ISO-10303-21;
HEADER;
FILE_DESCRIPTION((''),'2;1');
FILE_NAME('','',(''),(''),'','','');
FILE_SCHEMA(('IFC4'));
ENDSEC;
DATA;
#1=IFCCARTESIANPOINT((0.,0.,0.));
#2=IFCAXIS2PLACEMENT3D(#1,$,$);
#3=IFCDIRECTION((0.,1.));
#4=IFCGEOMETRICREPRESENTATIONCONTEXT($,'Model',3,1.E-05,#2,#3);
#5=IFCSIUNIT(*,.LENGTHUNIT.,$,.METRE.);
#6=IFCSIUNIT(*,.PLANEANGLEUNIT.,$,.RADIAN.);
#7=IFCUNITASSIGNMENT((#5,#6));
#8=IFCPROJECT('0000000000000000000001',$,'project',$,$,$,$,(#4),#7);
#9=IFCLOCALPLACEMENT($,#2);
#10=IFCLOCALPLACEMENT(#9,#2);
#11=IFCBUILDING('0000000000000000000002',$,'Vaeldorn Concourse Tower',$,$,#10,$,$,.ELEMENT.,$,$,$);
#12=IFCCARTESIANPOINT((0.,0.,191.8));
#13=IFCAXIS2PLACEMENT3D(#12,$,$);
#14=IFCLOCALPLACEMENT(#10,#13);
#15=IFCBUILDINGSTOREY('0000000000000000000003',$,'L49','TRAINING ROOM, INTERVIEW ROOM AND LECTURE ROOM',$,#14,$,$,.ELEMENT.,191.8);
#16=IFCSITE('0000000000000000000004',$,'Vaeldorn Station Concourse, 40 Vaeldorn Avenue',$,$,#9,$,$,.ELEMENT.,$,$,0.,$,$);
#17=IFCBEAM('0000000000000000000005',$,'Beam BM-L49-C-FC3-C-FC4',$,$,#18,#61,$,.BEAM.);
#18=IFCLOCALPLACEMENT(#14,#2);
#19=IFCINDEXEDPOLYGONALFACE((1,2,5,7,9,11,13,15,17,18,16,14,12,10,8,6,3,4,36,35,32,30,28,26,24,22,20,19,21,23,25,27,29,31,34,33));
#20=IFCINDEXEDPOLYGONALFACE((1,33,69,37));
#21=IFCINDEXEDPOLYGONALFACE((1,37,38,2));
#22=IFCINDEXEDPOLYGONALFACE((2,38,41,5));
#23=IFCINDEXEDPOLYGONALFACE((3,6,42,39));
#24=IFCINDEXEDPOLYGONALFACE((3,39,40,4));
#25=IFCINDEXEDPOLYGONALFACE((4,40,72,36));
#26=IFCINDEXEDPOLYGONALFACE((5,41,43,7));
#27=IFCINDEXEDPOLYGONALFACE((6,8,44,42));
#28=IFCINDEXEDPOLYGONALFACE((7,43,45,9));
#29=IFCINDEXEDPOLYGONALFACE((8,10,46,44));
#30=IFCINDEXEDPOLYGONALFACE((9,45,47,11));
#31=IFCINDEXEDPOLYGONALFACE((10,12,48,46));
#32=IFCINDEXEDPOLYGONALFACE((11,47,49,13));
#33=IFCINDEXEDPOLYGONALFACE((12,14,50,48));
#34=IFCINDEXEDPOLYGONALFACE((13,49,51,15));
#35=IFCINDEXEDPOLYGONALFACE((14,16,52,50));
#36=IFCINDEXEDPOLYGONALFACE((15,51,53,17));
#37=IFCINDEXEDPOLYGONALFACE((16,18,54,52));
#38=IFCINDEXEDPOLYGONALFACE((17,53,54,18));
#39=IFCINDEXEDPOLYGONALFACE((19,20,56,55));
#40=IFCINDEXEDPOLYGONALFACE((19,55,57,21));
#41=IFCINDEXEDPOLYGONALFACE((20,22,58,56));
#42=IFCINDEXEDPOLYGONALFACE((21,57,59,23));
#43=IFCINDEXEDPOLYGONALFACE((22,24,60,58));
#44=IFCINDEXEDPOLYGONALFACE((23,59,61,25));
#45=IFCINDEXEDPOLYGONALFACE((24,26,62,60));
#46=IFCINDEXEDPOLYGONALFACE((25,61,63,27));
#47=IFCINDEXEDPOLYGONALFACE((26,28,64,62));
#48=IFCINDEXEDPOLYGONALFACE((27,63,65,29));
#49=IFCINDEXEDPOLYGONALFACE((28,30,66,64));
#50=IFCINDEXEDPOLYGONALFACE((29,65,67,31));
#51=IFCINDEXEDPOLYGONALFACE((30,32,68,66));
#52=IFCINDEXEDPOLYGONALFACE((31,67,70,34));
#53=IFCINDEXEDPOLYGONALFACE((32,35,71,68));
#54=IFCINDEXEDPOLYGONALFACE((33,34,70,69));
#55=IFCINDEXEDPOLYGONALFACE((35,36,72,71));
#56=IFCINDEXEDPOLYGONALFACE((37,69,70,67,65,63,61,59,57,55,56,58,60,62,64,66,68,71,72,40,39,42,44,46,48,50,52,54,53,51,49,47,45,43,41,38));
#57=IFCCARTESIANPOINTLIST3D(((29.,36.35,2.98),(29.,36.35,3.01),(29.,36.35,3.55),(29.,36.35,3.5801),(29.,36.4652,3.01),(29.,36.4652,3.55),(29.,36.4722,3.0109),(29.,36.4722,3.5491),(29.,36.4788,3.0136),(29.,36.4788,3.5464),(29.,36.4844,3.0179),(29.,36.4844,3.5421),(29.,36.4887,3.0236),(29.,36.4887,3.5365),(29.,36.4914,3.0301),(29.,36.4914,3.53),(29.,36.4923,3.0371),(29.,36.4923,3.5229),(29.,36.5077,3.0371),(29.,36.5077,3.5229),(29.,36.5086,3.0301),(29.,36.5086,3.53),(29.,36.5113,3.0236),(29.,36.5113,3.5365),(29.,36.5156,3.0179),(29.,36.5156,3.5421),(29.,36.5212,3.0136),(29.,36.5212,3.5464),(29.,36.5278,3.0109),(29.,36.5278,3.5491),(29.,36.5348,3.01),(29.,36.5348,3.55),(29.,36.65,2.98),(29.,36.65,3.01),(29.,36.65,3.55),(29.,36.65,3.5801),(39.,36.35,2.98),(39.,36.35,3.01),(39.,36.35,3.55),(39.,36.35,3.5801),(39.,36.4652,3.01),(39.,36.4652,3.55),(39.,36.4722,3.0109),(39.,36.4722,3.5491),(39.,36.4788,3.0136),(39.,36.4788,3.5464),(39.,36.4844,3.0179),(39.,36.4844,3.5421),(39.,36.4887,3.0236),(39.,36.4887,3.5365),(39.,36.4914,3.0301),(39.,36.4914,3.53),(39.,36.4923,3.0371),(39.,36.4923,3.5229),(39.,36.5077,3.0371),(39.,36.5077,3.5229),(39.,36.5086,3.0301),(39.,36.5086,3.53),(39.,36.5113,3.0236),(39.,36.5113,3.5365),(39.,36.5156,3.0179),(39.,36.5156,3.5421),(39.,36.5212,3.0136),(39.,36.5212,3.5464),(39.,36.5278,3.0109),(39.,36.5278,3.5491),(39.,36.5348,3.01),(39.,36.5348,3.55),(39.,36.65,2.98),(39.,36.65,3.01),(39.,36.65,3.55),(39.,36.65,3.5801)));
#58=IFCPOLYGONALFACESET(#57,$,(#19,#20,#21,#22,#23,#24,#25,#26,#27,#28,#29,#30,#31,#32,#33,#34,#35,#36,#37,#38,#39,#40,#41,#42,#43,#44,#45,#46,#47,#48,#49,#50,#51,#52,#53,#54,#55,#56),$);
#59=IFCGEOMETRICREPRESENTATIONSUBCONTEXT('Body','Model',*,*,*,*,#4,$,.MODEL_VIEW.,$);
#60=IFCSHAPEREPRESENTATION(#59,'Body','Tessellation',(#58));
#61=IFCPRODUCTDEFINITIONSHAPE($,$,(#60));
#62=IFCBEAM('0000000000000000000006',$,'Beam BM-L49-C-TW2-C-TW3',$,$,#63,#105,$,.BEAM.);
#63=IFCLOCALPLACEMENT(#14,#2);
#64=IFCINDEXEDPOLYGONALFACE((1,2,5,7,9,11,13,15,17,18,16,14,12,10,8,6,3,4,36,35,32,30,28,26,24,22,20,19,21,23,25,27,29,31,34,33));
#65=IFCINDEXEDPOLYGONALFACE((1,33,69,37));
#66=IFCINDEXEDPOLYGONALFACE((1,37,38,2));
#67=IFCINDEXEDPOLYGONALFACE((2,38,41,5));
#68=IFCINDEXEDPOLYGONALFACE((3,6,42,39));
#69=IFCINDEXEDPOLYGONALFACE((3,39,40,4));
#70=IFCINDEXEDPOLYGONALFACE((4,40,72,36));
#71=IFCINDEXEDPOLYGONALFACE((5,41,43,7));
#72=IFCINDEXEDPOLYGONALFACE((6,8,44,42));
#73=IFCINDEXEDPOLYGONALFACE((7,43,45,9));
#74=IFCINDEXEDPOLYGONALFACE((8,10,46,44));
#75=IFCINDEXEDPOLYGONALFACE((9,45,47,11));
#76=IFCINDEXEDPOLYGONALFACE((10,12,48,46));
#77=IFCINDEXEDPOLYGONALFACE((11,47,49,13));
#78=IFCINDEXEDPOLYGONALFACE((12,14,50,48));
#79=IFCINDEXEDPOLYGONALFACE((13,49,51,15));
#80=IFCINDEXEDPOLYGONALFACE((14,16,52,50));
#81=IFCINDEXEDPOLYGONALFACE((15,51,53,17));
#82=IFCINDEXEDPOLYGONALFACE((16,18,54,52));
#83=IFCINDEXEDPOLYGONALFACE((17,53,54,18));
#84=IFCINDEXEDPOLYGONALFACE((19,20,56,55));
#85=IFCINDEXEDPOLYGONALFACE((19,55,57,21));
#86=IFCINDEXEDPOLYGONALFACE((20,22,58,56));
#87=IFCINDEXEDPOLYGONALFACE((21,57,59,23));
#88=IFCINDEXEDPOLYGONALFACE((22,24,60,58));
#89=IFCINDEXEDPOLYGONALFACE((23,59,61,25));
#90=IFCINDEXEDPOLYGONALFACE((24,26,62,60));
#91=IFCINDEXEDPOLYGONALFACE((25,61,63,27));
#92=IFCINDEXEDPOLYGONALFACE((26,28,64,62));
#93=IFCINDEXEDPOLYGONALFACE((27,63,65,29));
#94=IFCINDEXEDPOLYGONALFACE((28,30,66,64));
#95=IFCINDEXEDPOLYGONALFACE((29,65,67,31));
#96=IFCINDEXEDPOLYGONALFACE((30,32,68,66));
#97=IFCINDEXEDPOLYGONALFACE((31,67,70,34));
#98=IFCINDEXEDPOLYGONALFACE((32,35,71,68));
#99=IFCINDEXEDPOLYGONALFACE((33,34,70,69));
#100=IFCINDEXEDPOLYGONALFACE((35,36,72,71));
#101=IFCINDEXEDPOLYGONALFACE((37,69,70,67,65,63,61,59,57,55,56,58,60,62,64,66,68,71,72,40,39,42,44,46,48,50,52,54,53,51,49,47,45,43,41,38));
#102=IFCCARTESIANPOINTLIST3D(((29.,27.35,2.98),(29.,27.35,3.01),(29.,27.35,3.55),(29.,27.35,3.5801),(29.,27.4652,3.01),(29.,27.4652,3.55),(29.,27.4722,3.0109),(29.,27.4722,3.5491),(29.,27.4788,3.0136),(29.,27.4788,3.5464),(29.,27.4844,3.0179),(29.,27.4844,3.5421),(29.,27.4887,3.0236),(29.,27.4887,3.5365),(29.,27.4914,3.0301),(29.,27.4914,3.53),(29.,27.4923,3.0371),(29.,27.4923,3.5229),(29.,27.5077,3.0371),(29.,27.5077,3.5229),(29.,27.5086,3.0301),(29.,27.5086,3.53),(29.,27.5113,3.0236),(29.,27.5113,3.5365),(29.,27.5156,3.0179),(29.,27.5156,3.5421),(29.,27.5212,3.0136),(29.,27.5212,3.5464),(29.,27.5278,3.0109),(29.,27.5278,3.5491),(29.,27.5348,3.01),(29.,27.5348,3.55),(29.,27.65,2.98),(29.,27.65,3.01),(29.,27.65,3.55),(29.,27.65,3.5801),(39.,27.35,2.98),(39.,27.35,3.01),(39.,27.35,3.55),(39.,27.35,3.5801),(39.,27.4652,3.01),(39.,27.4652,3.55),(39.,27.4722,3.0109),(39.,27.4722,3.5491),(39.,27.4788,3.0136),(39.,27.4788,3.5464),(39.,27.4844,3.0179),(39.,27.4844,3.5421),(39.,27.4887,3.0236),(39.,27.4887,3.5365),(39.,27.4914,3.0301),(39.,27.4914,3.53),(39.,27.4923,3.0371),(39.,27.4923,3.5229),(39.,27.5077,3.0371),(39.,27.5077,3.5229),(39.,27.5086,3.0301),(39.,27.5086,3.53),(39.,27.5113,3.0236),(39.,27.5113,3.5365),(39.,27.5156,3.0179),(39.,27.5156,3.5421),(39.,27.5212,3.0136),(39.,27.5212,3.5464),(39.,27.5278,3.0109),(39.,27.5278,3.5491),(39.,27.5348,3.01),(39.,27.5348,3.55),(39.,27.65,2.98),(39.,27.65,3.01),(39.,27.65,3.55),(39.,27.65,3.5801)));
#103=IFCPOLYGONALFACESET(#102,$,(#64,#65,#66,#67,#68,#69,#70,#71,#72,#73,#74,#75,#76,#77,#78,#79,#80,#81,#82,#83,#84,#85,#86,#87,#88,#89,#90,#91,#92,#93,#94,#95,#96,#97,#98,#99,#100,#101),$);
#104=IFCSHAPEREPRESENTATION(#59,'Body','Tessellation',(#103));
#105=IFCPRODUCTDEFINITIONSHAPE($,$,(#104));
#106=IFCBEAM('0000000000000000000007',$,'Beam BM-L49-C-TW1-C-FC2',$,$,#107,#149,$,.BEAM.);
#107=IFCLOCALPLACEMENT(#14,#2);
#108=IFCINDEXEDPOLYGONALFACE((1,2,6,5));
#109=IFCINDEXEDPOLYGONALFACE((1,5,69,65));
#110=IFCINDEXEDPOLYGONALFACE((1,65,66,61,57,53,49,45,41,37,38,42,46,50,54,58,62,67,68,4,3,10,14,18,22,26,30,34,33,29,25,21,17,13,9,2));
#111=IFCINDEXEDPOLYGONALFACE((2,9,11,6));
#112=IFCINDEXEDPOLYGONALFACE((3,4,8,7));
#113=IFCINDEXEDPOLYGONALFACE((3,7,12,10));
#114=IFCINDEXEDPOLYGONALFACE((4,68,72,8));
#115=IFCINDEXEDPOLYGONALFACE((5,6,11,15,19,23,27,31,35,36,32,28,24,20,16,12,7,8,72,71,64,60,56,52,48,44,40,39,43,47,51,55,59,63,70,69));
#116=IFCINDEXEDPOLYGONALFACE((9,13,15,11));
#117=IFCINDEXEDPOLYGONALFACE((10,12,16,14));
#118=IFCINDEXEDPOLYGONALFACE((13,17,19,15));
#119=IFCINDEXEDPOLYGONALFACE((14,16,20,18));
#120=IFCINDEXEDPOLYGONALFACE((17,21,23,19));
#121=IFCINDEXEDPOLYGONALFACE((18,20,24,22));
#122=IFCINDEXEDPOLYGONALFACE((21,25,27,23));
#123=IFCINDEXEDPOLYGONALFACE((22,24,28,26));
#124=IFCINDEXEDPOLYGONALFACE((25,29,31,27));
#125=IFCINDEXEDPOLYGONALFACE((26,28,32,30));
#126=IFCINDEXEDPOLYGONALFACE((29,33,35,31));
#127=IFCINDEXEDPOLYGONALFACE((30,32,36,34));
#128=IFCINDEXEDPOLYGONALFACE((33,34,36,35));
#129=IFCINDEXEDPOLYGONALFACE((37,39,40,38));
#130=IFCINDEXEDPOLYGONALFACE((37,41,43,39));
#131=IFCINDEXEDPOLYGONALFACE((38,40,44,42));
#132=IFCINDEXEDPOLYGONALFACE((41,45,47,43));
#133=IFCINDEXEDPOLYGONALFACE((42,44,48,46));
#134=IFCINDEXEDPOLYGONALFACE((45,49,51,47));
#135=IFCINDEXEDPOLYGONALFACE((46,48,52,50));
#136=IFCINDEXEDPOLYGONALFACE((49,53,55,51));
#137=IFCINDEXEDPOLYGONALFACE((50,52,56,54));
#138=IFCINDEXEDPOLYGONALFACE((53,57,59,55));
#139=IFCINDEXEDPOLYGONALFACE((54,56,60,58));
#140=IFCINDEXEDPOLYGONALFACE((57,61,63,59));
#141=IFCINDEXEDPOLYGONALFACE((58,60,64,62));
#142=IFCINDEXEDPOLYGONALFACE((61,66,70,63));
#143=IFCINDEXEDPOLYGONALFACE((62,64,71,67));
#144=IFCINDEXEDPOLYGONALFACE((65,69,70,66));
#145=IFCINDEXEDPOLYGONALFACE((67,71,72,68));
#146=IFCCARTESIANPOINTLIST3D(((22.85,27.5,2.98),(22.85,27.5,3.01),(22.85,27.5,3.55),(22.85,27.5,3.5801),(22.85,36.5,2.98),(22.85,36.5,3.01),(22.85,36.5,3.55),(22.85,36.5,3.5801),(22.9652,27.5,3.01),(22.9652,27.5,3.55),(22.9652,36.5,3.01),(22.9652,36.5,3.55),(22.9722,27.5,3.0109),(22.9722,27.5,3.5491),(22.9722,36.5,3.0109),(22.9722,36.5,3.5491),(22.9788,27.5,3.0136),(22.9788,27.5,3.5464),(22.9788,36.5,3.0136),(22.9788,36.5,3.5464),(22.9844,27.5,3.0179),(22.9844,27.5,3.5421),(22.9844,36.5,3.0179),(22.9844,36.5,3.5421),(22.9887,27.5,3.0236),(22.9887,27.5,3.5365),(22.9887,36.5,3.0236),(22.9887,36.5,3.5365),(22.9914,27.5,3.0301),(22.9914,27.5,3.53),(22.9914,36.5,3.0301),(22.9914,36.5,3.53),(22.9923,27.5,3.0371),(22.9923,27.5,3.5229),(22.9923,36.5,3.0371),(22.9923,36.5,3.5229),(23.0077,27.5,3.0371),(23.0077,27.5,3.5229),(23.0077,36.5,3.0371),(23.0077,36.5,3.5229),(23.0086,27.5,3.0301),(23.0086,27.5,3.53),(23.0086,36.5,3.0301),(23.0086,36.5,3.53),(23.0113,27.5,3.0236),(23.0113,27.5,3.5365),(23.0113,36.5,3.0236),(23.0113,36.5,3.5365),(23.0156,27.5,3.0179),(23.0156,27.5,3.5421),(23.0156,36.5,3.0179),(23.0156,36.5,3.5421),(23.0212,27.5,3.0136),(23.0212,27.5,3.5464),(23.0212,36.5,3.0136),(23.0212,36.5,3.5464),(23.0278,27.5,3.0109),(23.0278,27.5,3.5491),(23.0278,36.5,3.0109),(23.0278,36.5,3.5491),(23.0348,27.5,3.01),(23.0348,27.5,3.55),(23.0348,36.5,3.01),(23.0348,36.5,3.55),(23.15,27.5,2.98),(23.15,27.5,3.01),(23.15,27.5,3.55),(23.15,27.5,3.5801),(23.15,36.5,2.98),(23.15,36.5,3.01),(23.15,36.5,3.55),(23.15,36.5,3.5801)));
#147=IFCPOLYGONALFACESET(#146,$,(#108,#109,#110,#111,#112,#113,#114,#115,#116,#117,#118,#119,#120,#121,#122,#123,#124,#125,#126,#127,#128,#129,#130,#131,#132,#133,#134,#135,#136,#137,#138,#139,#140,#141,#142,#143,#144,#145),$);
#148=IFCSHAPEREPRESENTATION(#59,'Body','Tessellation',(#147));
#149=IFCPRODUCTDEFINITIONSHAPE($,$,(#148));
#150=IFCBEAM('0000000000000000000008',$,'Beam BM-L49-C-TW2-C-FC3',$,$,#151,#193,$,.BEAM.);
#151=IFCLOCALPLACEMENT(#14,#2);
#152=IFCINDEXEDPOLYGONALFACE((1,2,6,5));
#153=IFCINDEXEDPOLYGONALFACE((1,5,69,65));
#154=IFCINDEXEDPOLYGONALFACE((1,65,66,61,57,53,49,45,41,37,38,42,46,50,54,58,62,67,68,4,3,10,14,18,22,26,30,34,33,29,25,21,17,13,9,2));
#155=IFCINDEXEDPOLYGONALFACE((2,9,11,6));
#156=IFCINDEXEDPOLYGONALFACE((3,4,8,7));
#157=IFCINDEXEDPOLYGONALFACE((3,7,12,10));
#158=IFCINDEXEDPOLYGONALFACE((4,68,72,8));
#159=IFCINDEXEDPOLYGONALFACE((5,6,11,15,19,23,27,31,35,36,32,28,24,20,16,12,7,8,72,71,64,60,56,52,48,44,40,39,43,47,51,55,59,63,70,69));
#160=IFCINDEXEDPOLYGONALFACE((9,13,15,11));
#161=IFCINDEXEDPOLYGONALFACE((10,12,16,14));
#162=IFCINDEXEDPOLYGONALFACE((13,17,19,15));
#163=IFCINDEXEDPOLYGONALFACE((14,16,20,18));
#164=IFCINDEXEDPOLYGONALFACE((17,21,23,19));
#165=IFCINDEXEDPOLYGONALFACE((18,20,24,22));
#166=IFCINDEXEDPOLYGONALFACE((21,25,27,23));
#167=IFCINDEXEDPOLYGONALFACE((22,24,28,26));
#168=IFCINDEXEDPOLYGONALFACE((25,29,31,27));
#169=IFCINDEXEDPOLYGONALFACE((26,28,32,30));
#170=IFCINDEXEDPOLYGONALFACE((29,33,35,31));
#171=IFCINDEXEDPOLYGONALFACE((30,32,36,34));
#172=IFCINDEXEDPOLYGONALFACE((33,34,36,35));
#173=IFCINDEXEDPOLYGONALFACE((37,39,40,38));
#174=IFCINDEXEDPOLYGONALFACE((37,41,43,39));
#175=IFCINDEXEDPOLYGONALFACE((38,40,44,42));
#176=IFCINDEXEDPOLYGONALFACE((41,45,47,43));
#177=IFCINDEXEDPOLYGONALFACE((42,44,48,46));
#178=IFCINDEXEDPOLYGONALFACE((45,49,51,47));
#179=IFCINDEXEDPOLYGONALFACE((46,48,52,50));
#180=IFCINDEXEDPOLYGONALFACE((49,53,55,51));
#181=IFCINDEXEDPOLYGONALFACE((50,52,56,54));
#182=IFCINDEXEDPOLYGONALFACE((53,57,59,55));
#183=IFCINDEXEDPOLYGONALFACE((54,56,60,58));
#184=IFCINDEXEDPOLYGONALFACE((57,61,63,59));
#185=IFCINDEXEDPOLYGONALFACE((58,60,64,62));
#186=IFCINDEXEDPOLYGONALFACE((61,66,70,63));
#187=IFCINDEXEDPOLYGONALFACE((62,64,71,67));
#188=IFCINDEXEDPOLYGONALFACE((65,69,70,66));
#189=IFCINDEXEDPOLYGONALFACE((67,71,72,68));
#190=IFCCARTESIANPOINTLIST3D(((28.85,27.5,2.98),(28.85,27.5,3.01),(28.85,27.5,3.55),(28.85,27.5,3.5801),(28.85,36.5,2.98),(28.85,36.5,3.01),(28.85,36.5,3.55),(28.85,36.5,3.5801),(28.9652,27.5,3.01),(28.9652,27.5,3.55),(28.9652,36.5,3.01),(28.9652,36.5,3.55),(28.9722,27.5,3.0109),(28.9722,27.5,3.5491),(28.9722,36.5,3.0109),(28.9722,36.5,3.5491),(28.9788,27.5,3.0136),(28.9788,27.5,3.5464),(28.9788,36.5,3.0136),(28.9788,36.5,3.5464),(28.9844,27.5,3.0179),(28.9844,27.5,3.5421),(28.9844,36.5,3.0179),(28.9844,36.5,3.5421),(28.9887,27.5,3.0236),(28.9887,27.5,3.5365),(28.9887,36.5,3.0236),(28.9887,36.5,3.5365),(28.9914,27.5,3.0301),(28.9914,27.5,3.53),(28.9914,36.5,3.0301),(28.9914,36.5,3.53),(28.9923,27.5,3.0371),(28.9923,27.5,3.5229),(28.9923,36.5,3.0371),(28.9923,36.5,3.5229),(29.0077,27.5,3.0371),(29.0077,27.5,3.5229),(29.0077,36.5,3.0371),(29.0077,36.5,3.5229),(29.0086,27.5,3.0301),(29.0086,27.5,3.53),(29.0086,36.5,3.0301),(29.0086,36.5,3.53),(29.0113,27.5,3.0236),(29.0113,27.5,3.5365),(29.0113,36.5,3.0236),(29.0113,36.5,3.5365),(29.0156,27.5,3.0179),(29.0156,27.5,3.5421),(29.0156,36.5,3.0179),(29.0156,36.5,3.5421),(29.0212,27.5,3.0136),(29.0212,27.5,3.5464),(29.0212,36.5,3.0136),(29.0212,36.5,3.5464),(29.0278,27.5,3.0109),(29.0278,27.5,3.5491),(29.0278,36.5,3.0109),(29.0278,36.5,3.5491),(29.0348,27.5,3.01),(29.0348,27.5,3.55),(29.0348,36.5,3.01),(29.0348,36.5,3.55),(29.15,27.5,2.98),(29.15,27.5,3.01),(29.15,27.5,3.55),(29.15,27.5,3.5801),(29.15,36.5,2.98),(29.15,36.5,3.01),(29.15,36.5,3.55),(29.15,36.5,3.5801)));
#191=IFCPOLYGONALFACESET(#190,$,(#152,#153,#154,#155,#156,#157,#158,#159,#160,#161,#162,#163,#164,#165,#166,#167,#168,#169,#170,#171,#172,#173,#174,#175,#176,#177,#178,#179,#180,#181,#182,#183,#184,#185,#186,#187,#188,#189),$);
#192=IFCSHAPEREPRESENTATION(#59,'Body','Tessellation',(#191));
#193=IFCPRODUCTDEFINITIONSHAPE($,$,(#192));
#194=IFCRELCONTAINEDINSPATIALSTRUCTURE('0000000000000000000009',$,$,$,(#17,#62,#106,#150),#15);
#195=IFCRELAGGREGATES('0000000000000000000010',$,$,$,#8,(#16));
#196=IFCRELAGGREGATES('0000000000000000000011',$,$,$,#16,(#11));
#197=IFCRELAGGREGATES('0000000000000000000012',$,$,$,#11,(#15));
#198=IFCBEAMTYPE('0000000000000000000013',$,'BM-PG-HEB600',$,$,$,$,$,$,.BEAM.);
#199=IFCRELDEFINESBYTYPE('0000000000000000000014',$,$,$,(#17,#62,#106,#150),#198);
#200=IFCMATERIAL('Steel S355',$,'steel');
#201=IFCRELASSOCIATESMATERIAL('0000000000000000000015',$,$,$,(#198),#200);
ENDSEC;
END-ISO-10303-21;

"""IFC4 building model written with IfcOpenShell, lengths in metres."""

from ifc_helpers import new_model, si_unit, direction, frame, origin, origin_2d, place, context, subcontext, project, spatial, i_section, extrude, source, transform, mapped, material, material_profile, profile_set, type_object, element, save


model = new_model("IFC4")

# Units and contexts
model_context = context("Model", 3, precision=1e-05, world=origin(), true_north=direction((0.0, 1.0)))
body_context = subcontext(model_context, "Body", "Model", "MODEL_VIEW")
ifc_project = project(units=[si_unit("LENGTHUNIT", "METRE"), si_unit("PLANEANGLEUNIT", "RADIAN")], contexts=[model_context])

# Site, building, storey
site_placement = place(None, origin())
site = spatial("IfcSite", under=ifc_project, at=site_placement, Name="Vaeldorn Station Concourse, 40 Vaeldorn Avenue", CompositionType="ELEMENT", RefElevation=0.0)
building_placement = place(site_placement, origin())
building = spatial("IfcBuilding", under=site, at=building_placement, Name="Vaeldorn Concourse Tower", CompositionType="ELEMENT")
storey_placement = place(building_placement, frame((0.0, 0.0, 191.8)))
storey = spatial("IfcBuildingStorey", under=building, at=storey_placement, Name="L49", Description="TRAINING ROOM, INTERVIEW ROOM AND LECTURE ROOM", CompositionType="ELEMENT", Elevation=191.8)

# Shared definitions
ifc_material_1 = material(Name="Steel S355", Category="steel")

# Beams
ifc_material_profile_1 = material_profile(ifc_material_1, i_section(OverallWidth=0.3, OverallDepth=0.6001, WebThickness=0.0154, FlangeThickness=0.03, FilletRadius=0.0271, at=origin_2d()), Name="HEB 600")
ifc_profile_set_1 = profile_set([ifc_material_profile_1], Name="Steel S355")
beam_type_1 = type_object("IfcBeamType", Name="BM-PG-HEB600", PredefinedType="BEAM", material=ifc_profile_set_1)
shared_shape_1 = source(origin(), body_context, "Body", "SweptSolid", [
    extrude(i_section(OverallWidth=0.3, OverallDepth=0.6001, WebThickness=0.0154, FlangeThickness=0.03, FilletRadius=0.0271, at=origin_2d()), origin(), (0.0, 0.0, 1.0), 10.0),
])
for number, where, z_axis, x_axis, name in (
    (1, (29.0, 36.5, 3.28), (1.0, 0.0, 0.0), (0.0, 1.0, 0.0), "Beam BM-L49-C-FC3-C-FC4"),
    (2, (29.0, 27.5, 3.28), (1.0, 0.0, 0.0), (0.0, 1.0, 0.0), "Beam BM-L49-C-TW2-C-TW3"),
):
    element("IfcBeam", number, at=place(storey_placement, frame(where, z_axis=z_axis, x_axis=x_axis)), inside=storey, type_object=beam_type_1, Name=name, PredefinedType="BEAM", context=body_context, shape_type="MappedRepresentation", body=[
        mapped(shared_shape_1, transform((0.0, 0.0, 0.0), scale=1.0)),
    ])
shared_shape_2 = source(origin(), body_context, "Body", "SweptSolid", [
    extrude(i_section(OverallWidth=0.3, OverallDepth=0.6001, WebThickness=0.0154, FlangeThickness=0.03, FilletRadius=0.0271, at=origin_2d()), origin(), (0.0, 0.0, 1.0), 9.0),
])
for number, where, z_axis, x_axis, name in (
    (3, (23.0, 27.5, 3.28), (0.0, 1.0, 0.0), (-1.0, 0.0, 0.0), "Beam BM-L49-C-TW1-C-FC2"),
    (4, (29.0, 27.5, 3.28), (0.0, 1.0, 0.0), (-1.0, 0.0, 0.0), "Beam BM-L49-C-TW2-C-FC3"),
):
    element("IfcBeam", number, at=place(storey_placement, frame(where, z_axis=z_axis, x_axis=x_axis)), inside=storey, type_object=beam_type_1, Name=name, PredefinedType="BEAM", context=body_context, shape_type="MappedRepresentation", body=[
        mapped(shared_shape_2, transform((0.0, 0.0, 0.0), scale=1.0)),
    ])

save(model, "model.ifc")
